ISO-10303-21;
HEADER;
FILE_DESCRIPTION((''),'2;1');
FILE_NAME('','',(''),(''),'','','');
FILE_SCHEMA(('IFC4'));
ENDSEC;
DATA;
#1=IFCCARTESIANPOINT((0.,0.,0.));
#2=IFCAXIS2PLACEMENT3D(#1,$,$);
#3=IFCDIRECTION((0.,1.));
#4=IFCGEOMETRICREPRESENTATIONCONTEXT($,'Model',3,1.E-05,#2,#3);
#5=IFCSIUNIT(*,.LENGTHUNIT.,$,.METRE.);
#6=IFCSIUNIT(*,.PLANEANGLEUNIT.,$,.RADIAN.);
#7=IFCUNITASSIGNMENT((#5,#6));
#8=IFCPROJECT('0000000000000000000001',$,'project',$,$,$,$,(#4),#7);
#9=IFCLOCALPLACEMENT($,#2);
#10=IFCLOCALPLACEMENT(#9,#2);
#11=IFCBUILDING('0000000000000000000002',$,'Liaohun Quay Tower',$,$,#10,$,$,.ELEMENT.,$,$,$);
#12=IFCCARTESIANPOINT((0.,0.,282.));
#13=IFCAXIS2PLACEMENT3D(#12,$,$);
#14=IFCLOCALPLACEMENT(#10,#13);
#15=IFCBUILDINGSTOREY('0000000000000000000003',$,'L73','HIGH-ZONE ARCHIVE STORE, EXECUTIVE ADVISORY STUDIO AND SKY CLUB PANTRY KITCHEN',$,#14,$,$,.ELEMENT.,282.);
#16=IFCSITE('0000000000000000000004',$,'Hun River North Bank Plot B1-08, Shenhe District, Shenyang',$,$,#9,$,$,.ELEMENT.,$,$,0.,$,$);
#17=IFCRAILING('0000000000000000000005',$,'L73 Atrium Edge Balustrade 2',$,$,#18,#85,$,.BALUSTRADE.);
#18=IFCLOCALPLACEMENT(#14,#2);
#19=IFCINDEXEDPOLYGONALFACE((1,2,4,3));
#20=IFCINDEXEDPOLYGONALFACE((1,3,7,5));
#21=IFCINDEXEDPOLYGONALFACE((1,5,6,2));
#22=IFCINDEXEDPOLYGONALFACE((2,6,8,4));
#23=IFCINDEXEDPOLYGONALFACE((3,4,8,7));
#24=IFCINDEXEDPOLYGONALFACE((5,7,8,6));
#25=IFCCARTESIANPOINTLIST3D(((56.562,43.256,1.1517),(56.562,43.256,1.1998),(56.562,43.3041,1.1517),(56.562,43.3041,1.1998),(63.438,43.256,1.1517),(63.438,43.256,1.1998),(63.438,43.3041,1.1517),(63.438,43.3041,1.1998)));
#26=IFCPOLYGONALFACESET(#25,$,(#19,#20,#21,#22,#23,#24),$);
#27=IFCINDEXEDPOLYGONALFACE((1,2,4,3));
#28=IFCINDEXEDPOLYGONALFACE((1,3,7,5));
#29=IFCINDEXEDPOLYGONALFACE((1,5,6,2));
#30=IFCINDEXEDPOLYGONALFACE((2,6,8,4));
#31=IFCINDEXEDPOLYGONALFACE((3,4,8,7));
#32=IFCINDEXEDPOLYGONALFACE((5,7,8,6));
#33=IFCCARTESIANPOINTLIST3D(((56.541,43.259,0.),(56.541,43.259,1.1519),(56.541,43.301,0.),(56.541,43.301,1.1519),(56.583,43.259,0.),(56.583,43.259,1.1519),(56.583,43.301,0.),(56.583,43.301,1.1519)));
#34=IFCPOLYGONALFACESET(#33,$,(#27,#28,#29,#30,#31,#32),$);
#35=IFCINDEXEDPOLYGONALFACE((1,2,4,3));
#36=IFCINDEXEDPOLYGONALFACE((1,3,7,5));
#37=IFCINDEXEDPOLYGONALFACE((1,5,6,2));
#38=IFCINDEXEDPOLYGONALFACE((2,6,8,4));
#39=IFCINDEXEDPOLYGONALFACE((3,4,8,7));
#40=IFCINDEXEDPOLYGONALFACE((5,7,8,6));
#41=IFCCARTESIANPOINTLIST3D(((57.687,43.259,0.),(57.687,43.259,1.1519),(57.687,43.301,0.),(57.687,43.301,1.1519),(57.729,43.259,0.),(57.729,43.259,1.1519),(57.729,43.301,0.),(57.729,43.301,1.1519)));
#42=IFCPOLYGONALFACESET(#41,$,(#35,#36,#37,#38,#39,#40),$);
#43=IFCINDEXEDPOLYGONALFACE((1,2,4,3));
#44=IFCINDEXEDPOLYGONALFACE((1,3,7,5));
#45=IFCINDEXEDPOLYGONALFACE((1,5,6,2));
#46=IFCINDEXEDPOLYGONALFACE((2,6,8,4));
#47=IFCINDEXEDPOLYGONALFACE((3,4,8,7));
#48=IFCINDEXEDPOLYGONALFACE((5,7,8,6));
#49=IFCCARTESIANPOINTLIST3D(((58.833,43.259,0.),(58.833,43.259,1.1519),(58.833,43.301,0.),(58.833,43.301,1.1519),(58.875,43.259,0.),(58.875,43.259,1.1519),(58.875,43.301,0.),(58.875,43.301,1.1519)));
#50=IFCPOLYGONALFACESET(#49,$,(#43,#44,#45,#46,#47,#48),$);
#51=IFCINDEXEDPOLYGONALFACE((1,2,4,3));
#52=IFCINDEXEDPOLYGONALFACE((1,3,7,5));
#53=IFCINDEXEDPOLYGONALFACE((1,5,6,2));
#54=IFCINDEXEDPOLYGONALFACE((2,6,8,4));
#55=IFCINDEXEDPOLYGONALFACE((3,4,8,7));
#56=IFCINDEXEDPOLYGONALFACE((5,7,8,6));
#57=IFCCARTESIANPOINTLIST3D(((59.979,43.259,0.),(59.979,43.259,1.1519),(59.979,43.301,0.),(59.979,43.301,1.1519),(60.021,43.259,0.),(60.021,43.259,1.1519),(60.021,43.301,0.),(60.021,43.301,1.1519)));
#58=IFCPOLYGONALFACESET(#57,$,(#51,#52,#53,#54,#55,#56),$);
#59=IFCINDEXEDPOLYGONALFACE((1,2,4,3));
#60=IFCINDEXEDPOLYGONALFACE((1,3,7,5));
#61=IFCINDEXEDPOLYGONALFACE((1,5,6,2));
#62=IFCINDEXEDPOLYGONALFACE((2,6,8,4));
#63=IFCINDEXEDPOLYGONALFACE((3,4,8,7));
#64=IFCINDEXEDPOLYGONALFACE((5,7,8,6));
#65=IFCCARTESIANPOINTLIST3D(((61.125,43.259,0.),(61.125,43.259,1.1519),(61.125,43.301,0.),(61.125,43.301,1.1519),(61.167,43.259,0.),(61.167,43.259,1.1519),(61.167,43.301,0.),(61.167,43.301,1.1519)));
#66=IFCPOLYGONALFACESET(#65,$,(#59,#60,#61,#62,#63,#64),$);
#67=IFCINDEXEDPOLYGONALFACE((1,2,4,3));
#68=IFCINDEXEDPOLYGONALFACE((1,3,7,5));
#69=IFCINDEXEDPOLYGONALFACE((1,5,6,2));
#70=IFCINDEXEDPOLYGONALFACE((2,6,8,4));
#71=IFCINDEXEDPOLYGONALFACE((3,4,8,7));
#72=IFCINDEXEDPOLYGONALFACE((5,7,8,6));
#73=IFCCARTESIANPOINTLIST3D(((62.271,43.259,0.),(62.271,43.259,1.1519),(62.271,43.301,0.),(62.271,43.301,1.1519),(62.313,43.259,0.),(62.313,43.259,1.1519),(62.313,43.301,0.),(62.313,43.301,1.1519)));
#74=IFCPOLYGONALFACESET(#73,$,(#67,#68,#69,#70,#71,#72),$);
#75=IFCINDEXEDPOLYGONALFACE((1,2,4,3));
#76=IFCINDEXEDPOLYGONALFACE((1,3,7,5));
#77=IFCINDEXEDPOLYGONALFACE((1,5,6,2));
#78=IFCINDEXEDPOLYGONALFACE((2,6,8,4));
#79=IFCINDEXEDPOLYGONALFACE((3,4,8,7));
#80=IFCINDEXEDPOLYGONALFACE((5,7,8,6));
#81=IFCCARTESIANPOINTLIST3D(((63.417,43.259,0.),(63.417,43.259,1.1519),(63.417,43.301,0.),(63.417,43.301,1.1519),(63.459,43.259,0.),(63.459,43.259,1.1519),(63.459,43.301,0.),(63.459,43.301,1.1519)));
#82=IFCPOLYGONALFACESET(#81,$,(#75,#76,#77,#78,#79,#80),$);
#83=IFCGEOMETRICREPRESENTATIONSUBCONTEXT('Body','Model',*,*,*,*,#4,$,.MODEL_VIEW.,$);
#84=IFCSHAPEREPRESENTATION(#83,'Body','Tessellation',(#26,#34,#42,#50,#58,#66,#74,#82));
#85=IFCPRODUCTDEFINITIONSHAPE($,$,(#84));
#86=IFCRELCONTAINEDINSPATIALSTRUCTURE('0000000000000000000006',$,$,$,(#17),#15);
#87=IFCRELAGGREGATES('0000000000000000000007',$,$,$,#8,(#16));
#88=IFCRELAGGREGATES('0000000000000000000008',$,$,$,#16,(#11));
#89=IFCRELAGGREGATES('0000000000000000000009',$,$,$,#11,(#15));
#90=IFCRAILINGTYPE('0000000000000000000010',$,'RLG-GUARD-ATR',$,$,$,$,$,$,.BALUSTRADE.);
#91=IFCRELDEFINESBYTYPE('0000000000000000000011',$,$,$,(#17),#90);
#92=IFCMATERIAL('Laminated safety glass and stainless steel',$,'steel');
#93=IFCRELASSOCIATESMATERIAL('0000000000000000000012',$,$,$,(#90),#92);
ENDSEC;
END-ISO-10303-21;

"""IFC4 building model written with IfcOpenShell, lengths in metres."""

from ifc_helpers import new_model, si_unit, direction, frame, origin, origin_2d, place, context, subcontext, project, spatial, rectangle, extrude, material, type_object, element, save


model = new_model("IFC4")

# Units and contexts
model_context = context("Model", 3, precision=1e-05, world=origin(), true_north=direction((0.0, 1.0)))
body_context = subcontext(model_context, "Body", "Model", "MODEL_VIEW")
ifc_project = project(units=[si_unit("LENGTHUNIT", "METRE"), si_unit("PLANEANGLEUNIT", "RADIAN")], contexts=[model_context])

# Site, building, storey
site_placement = place(None, origin())
site = spatial("IfcSite", under=ifc_project, at=site_placement, Name="Hun River North Bank Plot B1-08, Shenhe District, Shenyang", CompositionType="ELEMENT", RefElevation=0.0)
building_placement = place(site_placement, origin())
building = spatial("IfcBuilding", under=site, at=building_placement, Name="Liaohun Quay Tower", CompositionType="ELEMENT")
storey_placement = place(building_placement, frame((0.0, 0.0, 282.0)))
storey = spatial("IfcBuildingStorey", under=building, at=storey_placement, Name="L73", Description="HIGH-ZONE ARCHIVE STORE, EXECUTIVE ADVISORY STUDIO AND SKY CLUB PANTRY KITCHEN", CompositionType="ELEMENT", Elevation=282.0)

# Railing
ifc_material_1 = material(Name="Laminated safety glass and stainless steel", Category="steel")
railing_type = type_object("IfcRailingType", Name="RLG-GUARD-ATR", PredefinedType="BALUSTRADE", material=ifc_material_1)
railing_1_placement = place(storey_placement, frame((56.562, 43.28, 0.0)))
element("IfcRailing", 1, at=railing_1_placement, inside=storey, type_object=railing_type, Name="L73 Atrium Edge Balustrade 2", PredefinedType="BALUSTRADE", context=body_context, shape_type="SweptSolid", body=[
    extrude(rectangle(XDim=0.0481, YDim=0.0481, at=origin_2d()), frame((0.0, 0.0, 1.1758), z_axis=(1.0, 0.0, 0.0), x_axis=(0.0, 1.0, 0.0)), (0.0, 0.0, 1.0), 6.876),
    extrude(rectangle(XDim=0.042, YDim=0.042, at=origin_2d()), origin(), (0.0, 0.0, 1.0), 1.1519),
    extrude(rectangle(XDim=0.042, YDim=0.042, at=origin_2d()), frame((1.146, 0.0, 0.0)), (0.0, 0.0, 1.0), 1.1519),
    extrude(rectangle(XDim=0.042, YDim=0.042, at=origin_2d()), frame((2.292, 0.0, 0.0)), (0.0, 0.0, 1.0), 1.1519),
    extrude(rectangle(XDim=0.042, YDim=0.042, at=origin_2d()), frame((3.438, 0.0, 0.0)), (0.0, 0.0, 1.0), 1.1519),
    extrude(rectangle(XDim=0.042, YDim=0.042, at=origin_2d()), frame((4.584, 0.0, 0.0)), (0.0, 0.0, 1.0), 1.1519),
    extrude(rectangle(XDim=0.042, YDim=0.042, at=origin_2d()), frame((5.73, 0.0, 0.0)), (0.0, 0.0, 1.0), 1.1519),
    extrude(rectangle(XDim=0.042, YDim=0.042, at=origin_2d()), frame((6.876, 0.0, 0.0)), (0.0, 0.0, 1.0), 1.1519),
])

save(model, "model.ifc")
